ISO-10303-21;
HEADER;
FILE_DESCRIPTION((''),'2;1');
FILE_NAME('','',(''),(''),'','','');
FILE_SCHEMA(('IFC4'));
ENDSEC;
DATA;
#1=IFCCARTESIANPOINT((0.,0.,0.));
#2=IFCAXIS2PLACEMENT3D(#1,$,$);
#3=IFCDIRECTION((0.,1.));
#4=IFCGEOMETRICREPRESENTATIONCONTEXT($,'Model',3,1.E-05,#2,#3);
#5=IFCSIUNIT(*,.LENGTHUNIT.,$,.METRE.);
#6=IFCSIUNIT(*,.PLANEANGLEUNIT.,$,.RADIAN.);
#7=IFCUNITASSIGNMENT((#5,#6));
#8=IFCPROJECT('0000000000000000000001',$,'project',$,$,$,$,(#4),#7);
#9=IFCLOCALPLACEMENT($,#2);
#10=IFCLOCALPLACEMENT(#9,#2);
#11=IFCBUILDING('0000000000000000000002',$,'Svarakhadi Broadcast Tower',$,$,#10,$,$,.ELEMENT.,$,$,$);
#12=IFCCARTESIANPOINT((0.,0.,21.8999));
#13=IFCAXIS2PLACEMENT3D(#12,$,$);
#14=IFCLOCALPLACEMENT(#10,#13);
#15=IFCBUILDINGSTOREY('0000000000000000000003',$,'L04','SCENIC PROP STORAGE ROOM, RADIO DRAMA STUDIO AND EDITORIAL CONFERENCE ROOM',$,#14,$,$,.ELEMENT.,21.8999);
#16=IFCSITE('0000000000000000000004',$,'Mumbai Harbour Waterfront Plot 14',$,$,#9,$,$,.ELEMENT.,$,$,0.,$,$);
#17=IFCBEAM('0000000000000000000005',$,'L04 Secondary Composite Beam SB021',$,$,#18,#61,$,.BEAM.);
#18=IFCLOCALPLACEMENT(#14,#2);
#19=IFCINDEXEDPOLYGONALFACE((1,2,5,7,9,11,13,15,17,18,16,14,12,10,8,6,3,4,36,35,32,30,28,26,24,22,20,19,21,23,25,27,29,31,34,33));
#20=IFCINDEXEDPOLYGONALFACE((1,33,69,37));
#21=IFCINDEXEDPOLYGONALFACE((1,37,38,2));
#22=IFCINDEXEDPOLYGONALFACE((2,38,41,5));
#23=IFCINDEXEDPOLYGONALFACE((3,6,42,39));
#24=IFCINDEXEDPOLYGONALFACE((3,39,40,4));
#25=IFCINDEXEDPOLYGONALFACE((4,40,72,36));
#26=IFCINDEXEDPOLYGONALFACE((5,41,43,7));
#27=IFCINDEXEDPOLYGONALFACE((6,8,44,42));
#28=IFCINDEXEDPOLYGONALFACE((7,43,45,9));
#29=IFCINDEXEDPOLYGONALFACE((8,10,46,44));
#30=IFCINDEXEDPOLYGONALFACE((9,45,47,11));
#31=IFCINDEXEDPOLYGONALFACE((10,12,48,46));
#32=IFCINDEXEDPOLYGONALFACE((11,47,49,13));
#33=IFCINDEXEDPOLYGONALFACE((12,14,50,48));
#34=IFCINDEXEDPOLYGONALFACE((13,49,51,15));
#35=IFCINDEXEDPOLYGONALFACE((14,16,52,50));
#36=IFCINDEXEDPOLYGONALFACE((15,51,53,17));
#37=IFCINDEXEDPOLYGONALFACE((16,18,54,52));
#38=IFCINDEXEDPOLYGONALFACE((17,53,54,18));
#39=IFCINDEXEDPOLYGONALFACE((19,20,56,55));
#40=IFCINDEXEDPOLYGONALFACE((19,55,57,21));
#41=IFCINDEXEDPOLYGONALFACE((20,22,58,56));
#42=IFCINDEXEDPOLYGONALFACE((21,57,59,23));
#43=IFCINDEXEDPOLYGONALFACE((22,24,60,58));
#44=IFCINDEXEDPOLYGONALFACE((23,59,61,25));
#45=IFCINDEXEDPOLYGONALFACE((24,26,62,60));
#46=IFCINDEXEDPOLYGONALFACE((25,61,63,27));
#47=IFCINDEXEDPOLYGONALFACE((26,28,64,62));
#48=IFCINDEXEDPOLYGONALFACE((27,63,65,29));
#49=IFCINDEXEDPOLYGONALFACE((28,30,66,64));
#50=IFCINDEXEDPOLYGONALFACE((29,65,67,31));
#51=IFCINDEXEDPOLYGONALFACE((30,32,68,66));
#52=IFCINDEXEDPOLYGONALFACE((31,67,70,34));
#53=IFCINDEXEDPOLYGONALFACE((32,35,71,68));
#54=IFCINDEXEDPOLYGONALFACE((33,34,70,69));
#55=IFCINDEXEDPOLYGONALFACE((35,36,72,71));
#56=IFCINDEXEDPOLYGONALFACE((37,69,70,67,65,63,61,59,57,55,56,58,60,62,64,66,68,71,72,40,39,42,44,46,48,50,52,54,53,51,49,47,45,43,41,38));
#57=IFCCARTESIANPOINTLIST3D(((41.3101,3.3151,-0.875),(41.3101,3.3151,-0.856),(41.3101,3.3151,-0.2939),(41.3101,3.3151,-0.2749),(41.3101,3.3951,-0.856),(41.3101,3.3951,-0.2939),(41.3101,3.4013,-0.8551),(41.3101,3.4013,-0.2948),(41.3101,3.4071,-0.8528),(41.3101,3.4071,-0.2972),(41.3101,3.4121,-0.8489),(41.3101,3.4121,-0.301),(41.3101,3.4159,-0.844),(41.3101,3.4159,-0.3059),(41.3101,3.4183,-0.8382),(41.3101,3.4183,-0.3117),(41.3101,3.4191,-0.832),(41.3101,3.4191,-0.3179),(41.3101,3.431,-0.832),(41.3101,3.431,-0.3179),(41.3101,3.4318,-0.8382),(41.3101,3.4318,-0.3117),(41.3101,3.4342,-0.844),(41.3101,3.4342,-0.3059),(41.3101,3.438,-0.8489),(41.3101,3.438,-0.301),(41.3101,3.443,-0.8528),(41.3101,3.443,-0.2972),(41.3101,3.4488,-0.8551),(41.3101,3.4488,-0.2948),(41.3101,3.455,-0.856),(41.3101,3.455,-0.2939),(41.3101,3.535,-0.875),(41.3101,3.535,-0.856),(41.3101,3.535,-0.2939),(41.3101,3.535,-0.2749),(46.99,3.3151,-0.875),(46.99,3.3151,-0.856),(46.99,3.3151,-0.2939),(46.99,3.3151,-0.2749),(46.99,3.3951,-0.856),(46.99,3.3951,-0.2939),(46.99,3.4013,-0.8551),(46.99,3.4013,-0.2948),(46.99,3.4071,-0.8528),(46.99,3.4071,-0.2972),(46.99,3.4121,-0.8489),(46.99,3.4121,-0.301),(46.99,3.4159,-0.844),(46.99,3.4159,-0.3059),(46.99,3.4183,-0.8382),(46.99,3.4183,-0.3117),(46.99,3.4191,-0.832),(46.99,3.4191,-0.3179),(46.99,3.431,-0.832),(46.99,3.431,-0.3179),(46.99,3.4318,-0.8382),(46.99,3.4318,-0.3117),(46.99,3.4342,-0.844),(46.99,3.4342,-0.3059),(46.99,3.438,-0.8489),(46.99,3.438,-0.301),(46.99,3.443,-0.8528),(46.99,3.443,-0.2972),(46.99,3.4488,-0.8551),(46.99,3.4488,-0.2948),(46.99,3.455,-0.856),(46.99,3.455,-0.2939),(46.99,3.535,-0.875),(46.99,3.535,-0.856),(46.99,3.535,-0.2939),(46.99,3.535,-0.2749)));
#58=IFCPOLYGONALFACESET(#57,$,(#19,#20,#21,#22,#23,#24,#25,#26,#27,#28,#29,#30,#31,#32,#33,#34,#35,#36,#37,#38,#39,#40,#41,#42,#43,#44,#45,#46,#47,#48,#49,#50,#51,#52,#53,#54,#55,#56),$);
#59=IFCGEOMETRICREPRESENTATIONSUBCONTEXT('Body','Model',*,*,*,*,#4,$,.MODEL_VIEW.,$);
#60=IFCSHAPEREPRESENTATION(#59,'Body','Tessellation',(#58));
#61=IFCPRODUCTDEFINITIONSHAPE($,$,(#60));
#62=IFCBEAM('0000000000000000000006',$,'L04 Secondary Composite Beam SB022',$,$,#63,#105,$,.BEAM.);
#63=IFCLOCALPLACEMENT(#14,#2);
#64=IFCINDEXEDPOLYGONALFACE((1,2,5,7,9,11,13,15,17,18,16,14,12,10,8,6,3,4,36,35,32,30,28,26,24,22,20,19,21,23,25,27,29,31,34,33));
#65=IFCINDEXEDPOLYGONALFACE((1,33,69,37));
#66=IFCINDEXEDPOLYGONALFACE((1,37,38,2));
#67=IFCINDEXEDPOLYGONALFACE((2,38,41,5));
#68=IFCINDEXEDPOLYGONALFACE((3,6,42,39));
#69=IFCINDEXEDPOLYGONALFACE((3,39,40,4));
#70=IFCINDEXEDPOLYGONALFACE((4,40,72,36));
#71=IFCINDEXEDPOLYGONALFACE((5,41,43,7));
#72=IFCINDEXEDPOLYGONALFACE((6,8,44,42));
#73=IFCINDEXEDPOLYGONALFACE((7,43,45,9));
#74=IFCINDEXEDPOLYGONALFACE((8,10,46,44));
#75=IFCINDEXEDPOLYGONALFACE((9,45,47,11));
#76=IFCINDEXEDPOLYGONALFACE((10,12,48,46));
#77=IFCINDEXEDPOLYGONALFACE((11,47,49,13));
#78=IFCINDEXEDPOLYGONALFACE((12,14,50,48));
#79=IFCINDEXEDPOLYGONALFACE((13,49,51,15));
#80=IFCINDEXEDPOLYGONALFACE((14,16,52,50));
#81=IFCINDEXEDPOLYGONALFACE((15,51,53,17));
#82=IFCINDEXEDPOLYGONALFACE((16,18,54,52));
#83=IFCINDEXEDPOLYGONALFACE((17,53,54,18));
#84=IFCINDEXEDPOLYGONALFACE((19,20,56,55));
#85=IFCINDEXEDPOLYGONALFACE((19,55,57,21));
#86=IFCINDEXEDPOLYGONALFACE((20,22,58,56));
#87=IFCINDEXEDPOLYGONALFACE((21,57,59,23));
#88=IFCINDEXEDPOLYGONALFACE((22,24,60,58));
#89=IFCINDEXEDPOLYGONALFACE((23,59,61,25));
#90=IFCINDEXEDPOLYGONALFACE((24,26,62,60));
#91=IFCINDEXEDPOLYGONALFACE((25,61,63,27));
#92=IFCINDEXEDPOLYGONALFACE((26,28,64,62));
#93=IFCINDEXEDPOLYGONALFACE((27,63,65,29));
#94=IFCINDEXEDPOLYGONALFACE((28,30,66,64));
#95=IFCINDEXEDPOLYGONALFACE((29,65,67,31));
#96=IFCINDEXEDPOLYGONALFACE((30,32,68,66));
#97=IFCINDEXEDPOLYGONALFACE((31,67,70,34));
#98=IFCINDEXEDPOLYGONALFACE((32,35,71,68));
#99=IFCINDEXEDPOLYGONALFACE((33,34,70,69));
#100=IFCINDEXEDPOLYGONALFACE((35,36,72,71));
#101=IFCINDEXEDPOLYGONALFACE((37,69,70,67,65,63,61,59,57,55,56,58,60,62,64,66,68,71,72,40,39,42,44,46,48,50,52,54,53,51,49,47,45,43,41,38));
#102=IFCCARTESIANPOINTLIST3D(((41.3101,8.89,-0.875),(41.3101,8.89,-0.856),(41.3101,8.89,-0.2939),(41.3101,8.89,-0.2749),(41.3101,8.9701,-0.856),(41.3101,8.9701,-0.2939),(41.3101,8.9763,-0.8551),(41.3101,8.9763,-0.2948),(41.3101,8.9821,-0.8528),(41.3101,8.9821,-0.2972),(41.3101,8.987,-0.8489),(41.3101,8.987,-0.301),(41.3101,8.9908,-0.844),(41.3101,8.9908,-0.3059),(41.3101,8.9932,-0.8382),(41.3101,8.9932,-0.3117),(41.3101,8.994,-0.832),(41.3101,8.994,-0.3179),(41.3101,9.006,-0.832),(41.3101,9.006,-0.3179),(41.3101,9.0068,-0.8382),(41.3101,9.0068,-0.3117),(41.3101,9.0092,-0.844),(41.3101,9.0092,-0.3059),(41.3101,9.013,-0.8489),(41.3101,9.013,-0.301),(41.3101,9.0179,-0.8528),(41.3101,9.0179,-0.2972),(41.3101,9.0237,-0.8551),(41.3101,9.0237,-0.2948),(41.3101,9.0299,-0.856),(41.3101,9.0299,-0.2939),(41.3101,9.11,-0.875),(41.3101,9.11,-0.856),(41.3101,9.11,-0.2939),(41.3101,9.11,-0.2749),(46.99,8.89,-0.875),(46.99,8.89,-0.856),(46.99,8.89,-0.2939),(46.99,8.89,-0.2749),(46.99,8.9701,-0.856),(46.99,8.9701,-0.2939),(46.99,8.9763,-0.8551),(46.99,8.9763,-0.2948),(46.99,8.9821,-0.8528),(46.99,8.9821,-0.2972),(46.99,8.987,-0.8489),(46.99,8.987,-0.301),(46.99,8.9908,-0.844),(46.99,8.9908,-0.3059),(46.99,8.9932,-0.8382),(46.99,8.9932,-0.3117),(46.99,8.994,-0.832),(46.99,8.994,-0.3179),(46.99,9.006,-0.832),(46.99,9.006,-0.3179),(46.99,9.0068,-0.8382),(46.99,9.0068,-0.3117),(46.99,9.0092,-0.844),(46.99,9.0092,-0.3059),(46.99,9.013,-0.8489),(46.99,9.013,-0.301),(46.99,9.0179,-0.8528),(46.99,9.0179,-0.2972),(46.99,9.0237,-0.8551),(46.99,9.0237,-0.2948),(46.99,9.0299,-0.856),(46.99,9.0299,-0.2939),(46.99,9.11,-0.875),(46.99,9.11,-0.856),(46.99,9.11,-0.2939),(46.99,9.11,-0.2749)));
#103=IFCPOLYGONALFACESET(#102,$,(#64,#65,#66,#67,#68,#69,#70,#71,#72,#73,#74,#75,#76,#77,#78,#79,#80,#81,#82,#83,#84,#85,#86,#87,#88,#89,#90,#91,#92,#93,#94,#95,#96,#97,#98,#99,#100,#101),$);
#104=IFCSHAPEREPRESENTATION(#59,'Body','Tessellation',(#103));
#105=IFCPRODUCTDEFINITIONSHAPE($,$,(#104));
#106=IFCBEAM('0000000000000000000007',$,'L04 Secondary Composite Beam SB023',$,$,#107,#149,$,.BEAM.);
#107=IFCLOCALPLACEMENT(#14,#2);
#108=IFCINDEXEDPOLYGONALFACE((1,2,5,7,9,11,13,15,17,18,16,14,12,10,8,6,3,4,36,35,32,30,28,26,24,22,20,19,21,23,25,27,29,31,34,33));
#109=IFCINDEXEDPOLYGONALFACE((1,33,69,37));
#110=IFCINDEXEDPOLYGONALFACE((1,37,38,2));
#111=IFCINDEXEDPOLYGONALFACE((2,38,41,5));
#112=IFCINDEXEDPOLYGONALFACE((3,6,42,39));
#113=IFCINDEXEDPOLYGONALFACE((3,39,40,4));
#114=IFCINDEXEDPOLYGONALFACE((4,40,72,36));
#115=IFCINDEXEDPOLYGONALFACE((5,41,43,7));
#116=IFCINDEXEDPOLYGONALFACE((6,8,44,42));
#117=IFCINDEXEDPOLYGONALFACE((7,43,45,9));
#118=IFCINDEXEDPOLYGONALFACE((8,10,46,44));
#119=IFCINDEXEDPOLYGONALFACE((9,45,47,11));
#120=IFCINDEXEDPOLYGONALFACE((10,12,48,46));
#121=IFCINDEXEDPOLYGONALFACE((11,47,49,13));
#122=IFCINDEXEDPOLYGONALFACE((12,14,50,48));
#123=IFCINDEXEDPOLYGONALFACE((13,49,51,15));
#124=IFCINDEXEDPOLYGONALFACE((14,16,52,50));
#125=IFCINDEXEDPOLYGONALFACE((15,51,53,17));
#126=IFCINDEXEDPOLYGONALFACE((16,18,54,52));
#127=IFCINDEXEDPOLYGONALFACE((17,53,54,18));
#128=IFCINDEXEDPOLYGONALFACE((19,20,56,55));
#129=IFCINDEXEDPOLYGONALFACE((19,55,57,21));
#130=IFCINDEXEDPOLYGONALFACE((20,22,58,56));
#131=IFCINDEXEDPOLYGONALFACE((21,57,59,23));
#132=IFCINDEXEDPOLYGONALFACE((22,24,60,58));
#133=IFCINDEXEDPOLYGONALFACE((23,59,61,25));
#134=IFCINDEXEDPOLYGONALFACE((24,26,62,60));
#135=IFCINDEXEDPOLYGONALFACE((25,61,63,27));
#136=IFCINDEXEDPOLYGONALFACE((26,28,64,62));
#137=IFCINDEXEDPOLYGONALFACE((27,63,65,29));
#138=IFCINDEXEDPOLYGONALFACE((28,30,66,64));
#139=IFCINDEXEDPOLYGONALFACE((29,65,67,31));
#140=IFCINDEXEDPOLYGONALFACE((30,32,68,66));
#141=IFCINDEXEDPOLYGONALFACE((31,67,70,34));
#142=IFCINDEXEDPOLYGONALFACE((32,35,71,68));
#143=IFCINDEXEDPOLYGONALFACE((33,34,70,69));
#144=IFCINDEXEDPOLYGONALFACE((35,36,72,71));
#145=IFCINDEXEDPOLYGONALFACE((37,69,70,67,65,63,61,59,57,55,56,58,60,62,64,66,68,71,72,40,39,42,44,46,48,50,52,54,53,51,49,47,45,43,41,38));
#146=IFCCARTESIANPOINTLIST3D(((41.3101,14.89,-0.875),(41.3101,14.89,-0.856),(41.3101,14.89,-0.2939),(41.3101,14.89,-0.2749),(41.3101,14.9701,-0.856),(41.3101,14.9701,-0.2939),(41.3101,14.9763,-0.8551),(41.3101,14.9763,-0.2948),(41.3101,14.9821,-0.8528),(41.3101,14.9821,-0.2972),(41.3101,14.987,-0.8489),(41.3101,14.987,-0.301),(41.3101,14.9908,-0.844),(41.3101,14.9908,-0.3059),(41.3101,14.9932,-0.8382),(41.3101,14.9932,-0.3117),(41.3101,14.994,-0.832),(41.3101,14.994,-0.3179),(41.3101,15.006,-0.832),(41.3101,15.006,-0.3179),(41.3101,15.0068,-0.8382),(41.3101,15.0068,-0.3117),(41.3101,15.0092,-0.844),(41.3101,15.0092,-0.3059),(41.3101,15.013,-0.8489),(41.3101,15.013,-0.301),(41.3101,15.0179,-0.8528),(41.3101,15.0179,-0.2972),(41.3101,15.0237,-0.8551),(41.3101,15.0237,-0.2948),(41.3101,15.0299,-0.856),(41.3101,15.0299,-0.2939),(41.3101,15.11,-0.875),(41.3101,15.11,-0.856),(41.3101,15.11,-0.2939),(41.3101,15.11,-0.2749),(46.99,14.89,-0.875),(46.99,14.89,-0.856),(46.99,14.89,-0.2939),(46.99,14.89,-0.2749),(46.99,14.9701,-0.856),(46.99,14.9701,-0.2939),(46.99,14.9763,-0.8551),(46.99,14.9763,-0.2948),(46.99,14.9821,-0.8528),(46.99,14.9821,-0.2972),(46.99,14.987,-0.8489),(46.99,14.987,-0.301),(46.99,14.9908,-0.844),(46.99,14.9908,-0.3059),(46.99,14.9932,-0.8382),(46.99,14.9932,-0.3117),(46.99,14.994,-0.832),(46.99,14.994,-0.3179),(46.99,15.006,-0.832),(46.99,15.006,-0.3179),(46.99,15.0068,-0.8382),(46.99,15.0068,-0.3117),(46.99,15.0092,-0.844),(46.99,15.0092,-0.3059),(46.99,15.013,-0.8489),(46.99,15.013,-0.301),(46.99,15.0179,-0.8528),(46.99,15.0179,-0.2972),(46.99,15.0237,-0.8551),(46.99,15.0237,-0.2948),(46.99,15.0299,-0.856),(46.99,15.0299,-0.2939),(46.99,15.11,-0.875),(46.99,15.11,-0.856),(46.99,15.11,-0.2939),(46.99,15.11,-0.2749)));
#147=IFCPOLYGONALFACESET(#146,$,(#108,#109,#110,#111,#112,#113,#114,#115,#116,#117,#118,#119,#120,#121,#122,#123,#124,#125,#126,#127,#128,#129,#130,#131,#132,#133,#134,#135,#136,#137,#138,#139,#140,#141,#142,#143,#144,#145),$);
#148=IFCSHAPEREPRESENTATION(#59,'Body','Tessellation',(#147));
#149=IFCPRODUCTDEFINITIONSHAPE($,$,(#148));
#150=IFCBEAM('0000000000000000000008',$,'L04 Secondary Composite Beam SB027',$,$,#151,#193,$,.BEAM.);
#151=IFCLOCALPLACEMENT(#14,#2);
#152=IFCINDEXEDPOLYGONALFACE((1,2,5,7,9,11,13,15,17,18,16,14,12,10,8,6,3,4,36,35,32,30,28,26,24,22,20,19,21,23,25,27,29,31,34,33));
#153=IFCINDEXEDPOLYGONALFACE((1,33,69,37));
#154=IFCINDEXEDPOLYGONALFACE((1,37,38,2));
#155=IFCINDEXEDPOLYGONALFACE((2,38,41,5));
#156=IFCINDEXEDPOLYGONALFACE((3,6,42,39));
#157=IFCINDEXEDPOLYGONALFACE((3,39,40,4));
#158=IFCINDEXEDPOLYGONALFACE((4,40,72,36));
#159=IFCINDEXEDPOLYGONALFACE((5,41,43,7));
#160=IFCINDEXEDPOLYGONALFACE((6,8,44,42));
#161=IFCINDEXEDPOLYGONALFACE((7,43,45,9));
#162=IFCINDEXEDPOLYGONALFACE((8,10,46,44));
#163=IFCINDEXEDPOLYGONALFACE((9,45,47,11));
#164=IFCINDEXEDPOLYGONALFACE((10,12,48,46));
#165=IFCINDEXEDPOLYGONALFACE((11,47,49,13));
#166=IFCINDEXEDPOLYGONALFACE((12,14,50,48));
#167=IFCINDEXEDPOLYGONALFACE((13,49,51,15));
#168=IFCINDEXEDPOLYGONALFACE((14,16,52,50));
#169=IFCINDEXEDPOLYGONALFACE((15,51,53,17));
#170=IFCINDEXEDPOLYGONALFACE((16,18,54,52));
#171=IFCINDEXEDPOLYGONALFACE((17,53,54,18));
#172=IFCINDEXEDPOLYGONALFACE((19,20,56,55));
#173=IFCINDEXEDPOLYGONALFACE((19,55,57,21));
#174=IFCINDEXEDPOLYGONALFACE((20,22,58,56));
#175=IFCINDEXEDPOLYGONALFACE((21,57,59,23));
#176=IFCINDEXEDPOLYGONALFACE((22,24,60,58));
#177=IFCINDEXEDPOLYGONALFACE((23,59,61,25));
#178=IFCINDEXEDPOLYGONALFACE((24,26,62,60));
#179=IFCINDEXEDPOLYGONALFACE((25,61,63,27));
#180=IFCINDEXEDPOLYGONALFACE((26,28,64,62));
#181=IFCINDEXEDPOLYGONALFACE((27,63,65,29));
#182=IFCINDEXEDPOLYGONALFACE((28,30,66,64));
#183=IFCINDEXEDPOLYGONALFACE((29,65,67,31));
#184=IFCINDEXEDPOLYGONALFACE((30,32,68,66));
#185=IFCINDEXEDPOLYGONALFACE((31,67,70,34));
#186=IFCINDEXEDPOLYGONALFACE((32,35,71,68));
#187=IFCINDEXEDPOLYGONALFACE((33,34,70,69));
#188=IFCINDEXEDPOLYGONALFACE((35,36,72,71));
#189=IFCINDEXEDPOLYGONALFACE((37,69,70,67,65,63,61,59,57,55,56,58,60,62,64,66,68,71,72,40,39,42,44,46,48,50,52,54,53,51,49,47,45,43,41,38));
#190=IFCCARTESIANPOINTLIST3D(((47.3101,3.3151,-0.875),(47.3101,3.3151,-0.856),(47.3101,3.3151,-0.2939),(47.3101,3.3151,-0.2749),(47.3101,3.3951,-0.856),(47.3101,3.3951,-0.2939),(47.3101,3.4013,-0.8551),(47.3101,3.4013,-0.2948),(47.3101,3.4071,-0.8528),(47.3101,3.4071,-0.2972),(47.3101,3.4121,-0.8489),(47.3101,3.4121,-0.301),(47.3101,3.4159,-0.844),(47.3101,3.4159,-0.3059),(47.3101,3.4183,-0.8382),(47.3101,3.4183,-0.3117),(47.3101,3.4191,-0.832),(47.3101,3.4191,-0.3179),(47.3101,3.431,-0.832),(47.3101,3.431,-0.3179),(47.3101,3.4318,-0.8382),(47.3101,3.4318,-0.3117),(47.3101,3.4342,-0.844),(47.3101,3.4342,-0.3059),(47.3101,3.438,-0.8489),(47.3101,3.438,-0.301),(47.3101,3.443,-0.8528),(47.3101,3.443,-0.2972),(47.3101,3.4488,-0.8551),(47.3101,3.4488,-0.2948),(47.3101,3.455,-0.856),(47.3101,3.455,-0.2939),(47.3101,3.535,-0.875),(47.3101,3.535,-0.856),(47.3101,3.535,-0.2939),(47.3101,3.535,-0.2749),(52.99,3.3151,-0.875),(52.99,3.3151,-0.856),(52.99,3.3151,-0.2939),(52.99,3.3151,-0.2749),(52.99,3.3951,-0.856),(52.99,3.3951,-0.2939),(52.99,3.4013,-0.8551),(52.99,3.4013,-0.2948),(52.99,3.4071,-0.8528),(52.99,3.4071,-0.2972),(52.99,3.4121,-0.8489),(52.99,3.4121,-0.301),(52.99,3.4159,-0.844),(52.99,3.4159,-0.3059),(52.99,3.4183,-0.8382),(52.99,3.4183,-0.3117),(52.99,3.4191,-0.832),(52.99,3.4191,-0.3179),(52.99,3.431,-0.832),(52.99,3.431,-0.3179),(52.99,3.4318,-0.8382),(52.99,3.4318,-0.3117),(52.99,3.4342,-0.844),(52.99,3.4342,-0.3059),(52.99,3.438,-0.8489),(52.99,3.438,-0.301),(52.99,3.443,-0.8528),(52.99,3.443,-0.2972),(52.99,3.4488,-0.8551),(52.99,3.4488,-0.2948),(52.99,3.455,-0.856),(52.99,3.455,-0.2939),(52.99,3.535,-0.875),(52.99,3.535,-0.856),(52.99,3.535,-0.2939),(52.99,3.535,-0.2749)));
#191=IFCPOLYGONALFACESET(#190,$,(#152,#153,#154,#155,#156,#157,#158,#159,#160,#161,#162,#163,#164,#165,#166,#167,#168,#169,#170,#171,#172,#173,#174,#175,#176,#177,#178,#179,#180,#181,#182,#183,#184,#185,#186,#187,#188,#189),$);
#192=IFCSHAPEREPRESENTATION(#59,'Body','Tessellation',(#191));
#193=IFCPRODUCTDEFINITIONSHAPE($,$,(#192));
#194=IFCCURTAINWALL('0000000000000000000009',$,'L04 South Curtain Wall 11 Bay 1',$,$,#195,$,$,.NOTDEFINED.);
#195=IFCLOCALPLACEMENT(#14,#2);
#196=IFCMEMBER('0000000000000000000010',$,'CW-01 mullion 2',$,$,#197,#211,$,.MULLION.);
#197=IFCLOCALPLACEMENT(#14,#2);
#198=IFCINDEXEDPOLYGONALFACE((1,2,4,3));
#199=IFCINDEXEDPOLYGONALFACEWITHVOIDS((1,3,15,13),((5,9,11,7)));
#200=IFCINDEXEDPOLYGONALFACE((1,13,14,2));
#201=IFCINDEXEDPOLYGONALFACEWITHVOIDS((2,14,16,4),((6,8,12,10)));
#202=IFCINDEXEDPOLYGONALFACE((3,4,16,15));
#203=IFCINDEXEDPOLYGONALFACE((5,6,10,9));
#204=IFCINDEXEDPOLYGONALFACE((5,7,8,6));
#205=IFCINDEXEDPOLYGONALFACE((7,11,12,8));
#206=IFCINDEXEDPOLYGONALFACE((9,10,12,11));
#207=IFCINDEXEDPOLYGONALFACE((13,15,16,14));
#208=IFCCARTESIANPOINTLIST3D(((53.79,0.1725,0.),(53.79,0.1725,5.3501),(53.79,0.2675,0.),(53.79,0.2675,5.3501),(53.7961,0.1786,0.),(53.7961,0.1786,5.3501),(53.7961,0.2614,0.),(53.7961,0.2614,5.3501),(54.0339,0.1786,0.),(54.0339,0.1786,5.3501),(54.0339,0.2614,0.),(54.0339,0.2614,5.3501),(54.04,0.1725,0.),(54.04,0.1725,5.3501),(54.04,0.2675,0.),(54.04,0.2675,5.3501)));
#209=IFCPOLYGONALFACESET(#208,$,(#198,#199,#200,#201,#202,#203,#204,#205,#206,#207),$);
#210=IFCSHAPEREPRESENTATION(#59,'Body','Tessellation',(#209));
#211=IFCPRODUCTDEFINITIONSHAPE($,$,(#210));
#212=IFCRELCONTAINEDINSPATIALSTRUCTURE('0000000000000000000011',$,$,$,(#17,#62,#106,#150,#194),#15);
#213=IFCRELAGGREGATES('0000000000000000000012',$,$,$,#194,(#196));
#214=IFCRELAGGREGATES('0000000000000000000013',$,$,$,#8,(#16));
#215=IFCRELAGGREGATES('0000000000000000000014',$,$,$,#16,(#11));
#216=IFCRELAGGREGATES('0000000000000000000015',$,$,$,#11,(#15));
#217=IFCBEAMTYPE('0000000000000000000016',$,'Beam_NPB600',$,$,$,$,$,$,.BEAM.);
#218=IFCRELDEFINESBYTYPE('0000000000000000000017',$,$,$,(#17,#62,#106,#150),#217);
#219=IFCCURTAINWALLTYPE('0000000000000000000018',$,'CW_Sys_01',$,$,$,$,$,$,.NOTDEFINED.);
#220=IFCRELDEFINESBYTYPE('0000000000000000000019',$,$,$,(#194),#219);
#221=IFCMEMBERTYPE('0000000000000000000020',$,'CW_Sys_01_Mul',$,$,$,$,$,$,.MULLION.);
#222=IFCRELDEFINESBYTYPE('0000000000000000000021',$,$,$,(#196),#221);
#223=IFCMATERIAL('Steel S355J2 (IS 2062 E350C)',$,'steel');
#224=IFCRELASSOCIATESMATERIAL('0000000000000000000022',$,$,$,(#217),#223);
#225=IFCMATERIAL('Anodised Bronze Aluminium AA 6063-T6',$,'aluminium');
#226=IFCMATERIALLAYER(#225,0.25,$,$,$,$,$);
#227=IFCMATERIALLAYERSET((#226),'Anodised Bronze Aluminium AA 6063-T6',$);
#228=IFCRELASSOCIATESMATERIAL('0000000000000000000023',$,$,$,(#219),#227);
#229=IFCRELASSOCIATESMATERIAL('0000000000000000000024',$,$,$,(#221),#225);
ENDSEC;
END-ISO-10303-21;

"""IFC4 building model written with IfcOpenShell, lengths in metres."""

from ifc_helpers import new_model, si_unit, direction, frame, origin, origin_2d, place, context, subcontext, project, spatial, hollow_rectangle, i_section, extrude, material, layer, layer_set, material_profile, profile_set, type_object, element, aggregate, save


model = new_model("IFC4")

# Units and contexts
model_context = context("Model", 3, precision=1e-05, world=origin(), true_north=direction((0.0, 1.0)))
body_context = subcontext(model_context, "Body", "Model", "MODEL_VIEW")
ifc_project = project(units=[si_unit("LENGTHUNIT", "METRE"), si_unit("PLANEANGLEUNIT", "RADIAN")], contexts=[model_context])

# Site, building, storey
site_placement = place(None, origin())
site = spatial("IfcSite", under=ifc_project, at=site_placement, Name="Mumbai Harbour Waterfront Plot 14", CompositionType="ELEMENT", RefElevation=0.0)
building_placement = place(site_placement, origin())
building = spatial("IfcBuilding", under=site, at=building_placement, Name="Svarakhadi Broadcast Tower", CompositionType="ELEMENT")
storey_placement = place(building_placement, frame((0.0, 0.0, 21.8999)))
storey = spatial("IfcBuildingStorey", under=building, at=storey_placement, Name="L04", Description="SCENIC PROP STORAGE ROOM, RADIO DRAMA STUDIO AND EDITORIAL CONFERENCE ROOM", CompositionType="ELEMENT", Elevation=21.8999)

# Beams
ifc_material_1 = material(Name="Steel S355J2 (IS 2062 E350C)", Category="steel")
ifc_material_profile_1 = material_profile(ifc_material_1, i_section(OverallWidth=0.22, OverallDepth=0.6001, WebThickness=0.012, FlangeThickness=0.019, FilletRadius=0.0239, at=origin_2d()), Name="NPB 600x220x122")
ifc_profile_set_1 = profile_set([ifc_material_profile_1], Name="Steel S355J2 (IS 2062 E350C)")
beam_type_1 = type_object("IfcBeamType", Name="Beam_NPB600", PredefinedType="BEAM", material=ifc_profile_set_1)
for number, where, z_axis, x_axis, name in (
    (1, (41.3101, 3.425, -0.575), (1.0, 0.0, 0.0), (0.0, 1.0, 0.0), "L04 Secondary Composite Beam SB021"),
    (2, (41.3101, 9.0, -0.575), (1.0, 0.0, 0.0), (0.0, 1.0, 0.0), "L04 Secondary Composite Beam SB022"),
    (3, (41.3101, 15.0, -0.575), (1.0, 0.0, 0.0), (0.0, 1.0, 0.0), "L04 Secondary Composite Beam SB023"),
    (4, (47.3101, 3.425, -0.575), (1.0, 0.0, 0.0), (0.0, 1.0, 0.0), "L04 Secondary Composite Beam SB027"),
):
    element("IfcBeam", number, at=place(storey_placement, frame(where, z_axis=z_axis, x_axis=x_axis)), inside=storey, type_object=beam_type_1, Name=name, PredefinedType="BEAM", context=body_context, shape_type="SweptSolid", body=[
        extrude(i_section(OverallWidth=0.22, OverallDepth=0.6001, WebThickness=0.012, FlangeThickness=0.019, FilletRadius=0.0239, at=origin_2d()), origin(), (0.0, 0.0, 1.0), 5.6799),
    ])

# Curtain wall, member
ifc_material_2 = material(Name="Anodised Bronze Aluminium AA 6063-T6", Category="aluminium")
ifc_layer_1 = layer(ifc_material_2, 0.25)
ifc_layer_set_1 = layer_set([ifc_layer_1], Name="Anodised Bronze Aluminium AA 6063-T6")
curtain_wall_type = type_object("IfcCurtainWallType", Name="CW_Sys_01", PredefinedType="NOTDEFINED", material=ifc_layer_set_1)
curtain_wall_1_placement = place(storey_placement, origin())
curtain_wall_1 = element("IfcCurtainWall", 5, at=curtain_wall_1_placement, inside=storey, type_object=curtain_wall_type, Name="L04 South Curtain Wall 11 Bay 1", PredefinedType="NOTDEFINED")
ifc_material_profile_2 = material_profile(ifc_material_2, hollow_rectangle(XDim=0.095, YDim=0.25, WallThickness=0.0061, at=origin_2d()), Name="ALU MULLION 250x95x6")
ifc_profile_set_2 = profile_set([ifc_material_profile_2], Name="Anodised Bronze Aluminium AA 6063-T6")
member_type_1 = type_object("IfcMemberType", Name="CW_Sys_01_Mul", PredefinedType="MULLION", material=ifc_profile_set_2)
member_1_placement = place(storey_placement, frame((53.915, 0.22, 0.0), z_axis=(0.0, 0.0, 1.0), x_axis=(0.0, -1.0, 0.0)))
member_1 = element("IfcMember", 6, at=member_1_placement, type_object=member_type_1, Name="CW-01 mullion 2", PredefinedType="MULLION", context=body_context, shape_type="SweptSolid", body=[
    extrude(hollow_rectangle(XDim=0.095, YDim=0.25, WallThickness=0.0061, at=origin_2d()), origin(), (0.0, 0.0, 1.0), 5.3501),
])

aggregate(curtain_wall_1, [member_1])

save(model, "model.ifc")
